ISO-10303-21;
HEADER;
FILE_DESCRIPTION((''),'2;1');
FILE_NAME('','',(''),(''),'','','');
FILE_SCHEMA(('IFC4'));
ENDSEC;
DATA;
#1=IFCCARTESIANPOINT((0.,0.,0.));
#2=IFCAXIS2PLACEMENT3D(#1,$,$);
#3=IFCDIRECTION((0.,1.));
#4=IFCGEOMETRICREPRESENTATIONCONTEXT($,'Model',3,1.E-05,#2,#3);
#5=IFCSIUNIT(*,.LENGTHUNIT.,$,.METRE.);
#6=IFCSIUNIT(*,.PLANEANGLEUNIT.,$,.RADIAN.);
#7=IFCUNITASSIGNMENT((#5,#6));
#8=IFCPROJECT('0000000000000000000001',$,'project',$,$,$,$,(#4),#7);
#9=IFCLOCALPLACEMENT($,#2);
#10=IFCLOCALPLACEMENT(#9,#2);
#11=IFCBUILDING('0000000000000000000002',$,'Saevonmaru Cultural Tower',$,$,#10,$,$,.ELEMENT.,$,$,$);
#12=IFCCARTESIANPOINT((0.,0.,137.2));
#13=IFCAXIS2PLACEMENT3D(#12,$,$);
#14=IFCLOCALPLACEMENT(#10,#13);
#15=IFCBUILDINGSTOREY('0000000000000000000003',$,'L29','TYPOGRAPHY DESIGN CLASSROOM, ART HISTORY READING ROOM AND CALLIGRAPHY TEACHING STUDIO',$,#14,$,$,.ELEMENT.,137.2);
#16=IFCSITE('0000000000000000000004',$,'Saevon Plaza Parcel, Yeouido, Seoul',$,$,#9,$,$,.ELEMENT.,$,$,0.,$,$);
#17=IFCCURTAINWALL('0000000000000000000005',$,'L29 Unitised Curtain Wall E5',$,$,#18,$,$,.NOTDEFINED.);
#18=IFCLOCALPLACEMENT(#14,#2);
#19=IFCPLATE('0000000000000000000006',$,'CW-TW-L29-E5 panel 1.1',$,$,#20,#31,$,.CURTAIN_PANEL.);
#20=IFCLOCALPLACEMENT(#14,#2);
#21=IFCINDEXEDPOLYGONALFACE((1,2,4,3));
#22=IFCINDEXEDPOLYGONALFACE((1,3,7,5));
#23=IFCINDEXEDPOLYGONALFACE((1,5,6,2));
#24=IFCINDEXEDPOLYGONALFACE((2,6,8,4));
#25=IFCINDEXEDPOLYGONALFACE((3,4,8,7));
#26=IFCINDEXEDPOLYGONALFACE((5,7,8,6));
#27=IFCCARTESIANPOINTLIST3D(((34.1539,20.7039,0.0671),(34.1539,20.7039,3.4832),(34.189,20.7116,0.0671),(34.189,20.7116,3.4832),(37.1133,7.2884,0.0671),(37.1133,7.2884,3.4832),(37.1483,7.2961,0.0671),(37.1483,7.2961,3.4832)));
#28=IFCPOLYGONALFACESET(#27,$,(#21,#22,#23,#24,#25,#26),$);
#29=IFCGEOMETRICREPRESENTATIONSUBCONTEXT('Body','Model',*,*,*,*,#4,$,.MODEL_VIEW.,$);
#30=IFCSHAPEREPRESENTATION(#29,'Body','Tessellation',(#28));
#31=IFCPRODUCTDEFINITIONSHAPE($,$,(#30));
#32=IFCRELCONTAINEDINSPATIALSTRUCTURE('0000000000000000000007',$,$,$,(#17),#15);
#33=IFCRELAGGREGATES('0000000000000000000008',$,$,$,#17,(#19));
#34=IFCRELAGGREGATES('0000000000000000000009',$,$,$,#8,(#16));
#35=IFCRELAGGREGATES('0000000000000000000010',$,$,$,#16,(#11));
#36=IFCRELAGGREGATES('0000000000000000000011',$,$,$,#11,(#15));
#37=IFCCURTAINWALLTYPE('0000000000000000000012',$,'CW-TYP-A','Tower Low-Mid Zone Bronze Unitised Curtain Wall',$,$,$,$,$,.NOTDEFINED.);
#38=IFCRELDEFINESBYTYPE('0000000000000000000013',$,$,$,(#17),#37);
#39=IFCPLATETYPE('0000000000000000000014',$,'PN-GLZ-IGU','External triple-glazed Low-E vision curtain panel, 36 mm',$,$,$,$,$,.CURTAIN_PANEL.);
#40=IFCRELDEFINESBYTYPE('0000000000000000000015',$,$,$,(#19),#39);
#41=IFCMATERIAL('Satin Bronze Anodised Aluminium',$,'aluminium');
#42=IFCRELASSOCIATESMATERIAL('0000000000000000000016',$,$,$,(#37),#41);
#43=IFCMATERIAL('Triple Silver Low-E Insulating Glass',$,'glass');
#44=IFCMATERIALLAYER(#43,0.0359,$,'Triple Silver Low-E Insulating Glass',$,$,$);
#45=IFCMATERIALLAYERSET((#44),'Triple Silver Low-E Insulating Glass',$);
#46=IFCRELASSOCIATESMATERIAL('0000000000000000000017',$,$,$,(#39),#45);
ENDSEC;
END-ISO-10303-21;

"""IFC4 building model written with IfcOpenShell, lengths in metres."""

from ifc_helpers import new_model, si_unit, direction, frame, origin, origin_2d, place, context, subcontext, project, spatial, rectangle, extrude, material, layer, layer_set, type_object, element, aggregate, save


model = new_model("IFC4")

# Units and contexts
model_context = context("Model", 3, precision=1e-05, world=origin(), true_north=direction((0.0, 1.0)))
body_context = subcontext(model_context, "Body", "Model", "MODEL_VIEW")
ifc_project = project(units=[si_unit("LENGTHUNIT", "METRE"), si_unit("PLANEANGLEUNIT", "RADIAN")], contexts=[model_context])

# Site, building, storey
site_placement = place(None, origin())
site = spatial("IfcSite", under=ifc_project, at=site_placement, Name="Saevon Plaza Parcel, Yeouido, Seoul", CompositionType="ELEMENT", RefElevation=0.0)
building_placement = place(site_placement, origin())
building = spatial("IfcBuilding", under=site, at=building_placement, Name="Saevonmaru Cultural Tower", CompositionType="ELEMENT")
storey_placement = place(building_placement, frame((0.0, 0.0, 137.2)))
storey = spatial("IfcBuildingStorey", under=building, at=storey_placement, Name="L29", Description="TYPOGRAPHY DESIGN CLASSROOM, ART HISTORY READING ROOM AND CALLIGRAPHY TEACHING STUDIO", CompositionType="ELEMENT", Elevation=137.2)

# Shared definitions
ifc_material_1 = material(Name="Satin Bronze Anodised Aluminium", Category="aluminium")
curtain_wall_type_1 = type_object("IfcCurtainWallType", Name="CW-TYP-A", Description="Tower Low-Mid Zone Bronze Unitised Curtain Wall", PredefinedType="NOTDEFINED", material=ifc_material_1)

# Curtain wall
curtain_wall_1_placement = place(storey_placement, origin())
curtain_wall_1 = element("IfcCurtainWall", 1, at=curtain_wall_1_placement, inside=storey, type_object=curtain_wall_type_1, Name="L29 Unitised Curtain Wall E5", PredefinedType="NOTDEFINED")

# Plate
ifc_material_2 = material(Name="Triple Silver Low-E Insulating Glass", Category="glass")
ifc_layer_1 = layer(ifc_material_2, 0.0359, Name="Triple Silver Low-E Insulating Glass")
ifc_layer_set_1 = layer_set([ifc_layer_1], Name="Triple Silver Low-E Insulating Glass")
plate_type_1 = type_object("IfcPlateType", Name="PN-GLZ-IGU", Description="External triple-glazed Low-E vision curtain panel, 36 mm", PredefinedType="CURTAIN_PANEL", material=ifc_layer_set_1)
plate_1_placement = place(storey_placement, frame((35.6511, 14.0, 0.0671), z_axis=(0.0, 0.0, 1.0), x_axis=(0.215413, -0.976523, 0.0)))
plate_1 = element("IfcPlate", 2, at=plate_1_placement, type_object=plate_type_1, Name="CW-TW-L29-E5 panel 1.1", PredefinedType="CURTAIN_PANEL", context=body_context, shape_type="SweptSolid", body=[
    extrude(rectangle(XDim=13.738, YDim=0.0359, at=origin_2d()), origin(), (0.0, 0.0, 1.0), 3.416),
])
aggregate(curtain_wall_1, [plate_1])

save(model, "model.ifc")
